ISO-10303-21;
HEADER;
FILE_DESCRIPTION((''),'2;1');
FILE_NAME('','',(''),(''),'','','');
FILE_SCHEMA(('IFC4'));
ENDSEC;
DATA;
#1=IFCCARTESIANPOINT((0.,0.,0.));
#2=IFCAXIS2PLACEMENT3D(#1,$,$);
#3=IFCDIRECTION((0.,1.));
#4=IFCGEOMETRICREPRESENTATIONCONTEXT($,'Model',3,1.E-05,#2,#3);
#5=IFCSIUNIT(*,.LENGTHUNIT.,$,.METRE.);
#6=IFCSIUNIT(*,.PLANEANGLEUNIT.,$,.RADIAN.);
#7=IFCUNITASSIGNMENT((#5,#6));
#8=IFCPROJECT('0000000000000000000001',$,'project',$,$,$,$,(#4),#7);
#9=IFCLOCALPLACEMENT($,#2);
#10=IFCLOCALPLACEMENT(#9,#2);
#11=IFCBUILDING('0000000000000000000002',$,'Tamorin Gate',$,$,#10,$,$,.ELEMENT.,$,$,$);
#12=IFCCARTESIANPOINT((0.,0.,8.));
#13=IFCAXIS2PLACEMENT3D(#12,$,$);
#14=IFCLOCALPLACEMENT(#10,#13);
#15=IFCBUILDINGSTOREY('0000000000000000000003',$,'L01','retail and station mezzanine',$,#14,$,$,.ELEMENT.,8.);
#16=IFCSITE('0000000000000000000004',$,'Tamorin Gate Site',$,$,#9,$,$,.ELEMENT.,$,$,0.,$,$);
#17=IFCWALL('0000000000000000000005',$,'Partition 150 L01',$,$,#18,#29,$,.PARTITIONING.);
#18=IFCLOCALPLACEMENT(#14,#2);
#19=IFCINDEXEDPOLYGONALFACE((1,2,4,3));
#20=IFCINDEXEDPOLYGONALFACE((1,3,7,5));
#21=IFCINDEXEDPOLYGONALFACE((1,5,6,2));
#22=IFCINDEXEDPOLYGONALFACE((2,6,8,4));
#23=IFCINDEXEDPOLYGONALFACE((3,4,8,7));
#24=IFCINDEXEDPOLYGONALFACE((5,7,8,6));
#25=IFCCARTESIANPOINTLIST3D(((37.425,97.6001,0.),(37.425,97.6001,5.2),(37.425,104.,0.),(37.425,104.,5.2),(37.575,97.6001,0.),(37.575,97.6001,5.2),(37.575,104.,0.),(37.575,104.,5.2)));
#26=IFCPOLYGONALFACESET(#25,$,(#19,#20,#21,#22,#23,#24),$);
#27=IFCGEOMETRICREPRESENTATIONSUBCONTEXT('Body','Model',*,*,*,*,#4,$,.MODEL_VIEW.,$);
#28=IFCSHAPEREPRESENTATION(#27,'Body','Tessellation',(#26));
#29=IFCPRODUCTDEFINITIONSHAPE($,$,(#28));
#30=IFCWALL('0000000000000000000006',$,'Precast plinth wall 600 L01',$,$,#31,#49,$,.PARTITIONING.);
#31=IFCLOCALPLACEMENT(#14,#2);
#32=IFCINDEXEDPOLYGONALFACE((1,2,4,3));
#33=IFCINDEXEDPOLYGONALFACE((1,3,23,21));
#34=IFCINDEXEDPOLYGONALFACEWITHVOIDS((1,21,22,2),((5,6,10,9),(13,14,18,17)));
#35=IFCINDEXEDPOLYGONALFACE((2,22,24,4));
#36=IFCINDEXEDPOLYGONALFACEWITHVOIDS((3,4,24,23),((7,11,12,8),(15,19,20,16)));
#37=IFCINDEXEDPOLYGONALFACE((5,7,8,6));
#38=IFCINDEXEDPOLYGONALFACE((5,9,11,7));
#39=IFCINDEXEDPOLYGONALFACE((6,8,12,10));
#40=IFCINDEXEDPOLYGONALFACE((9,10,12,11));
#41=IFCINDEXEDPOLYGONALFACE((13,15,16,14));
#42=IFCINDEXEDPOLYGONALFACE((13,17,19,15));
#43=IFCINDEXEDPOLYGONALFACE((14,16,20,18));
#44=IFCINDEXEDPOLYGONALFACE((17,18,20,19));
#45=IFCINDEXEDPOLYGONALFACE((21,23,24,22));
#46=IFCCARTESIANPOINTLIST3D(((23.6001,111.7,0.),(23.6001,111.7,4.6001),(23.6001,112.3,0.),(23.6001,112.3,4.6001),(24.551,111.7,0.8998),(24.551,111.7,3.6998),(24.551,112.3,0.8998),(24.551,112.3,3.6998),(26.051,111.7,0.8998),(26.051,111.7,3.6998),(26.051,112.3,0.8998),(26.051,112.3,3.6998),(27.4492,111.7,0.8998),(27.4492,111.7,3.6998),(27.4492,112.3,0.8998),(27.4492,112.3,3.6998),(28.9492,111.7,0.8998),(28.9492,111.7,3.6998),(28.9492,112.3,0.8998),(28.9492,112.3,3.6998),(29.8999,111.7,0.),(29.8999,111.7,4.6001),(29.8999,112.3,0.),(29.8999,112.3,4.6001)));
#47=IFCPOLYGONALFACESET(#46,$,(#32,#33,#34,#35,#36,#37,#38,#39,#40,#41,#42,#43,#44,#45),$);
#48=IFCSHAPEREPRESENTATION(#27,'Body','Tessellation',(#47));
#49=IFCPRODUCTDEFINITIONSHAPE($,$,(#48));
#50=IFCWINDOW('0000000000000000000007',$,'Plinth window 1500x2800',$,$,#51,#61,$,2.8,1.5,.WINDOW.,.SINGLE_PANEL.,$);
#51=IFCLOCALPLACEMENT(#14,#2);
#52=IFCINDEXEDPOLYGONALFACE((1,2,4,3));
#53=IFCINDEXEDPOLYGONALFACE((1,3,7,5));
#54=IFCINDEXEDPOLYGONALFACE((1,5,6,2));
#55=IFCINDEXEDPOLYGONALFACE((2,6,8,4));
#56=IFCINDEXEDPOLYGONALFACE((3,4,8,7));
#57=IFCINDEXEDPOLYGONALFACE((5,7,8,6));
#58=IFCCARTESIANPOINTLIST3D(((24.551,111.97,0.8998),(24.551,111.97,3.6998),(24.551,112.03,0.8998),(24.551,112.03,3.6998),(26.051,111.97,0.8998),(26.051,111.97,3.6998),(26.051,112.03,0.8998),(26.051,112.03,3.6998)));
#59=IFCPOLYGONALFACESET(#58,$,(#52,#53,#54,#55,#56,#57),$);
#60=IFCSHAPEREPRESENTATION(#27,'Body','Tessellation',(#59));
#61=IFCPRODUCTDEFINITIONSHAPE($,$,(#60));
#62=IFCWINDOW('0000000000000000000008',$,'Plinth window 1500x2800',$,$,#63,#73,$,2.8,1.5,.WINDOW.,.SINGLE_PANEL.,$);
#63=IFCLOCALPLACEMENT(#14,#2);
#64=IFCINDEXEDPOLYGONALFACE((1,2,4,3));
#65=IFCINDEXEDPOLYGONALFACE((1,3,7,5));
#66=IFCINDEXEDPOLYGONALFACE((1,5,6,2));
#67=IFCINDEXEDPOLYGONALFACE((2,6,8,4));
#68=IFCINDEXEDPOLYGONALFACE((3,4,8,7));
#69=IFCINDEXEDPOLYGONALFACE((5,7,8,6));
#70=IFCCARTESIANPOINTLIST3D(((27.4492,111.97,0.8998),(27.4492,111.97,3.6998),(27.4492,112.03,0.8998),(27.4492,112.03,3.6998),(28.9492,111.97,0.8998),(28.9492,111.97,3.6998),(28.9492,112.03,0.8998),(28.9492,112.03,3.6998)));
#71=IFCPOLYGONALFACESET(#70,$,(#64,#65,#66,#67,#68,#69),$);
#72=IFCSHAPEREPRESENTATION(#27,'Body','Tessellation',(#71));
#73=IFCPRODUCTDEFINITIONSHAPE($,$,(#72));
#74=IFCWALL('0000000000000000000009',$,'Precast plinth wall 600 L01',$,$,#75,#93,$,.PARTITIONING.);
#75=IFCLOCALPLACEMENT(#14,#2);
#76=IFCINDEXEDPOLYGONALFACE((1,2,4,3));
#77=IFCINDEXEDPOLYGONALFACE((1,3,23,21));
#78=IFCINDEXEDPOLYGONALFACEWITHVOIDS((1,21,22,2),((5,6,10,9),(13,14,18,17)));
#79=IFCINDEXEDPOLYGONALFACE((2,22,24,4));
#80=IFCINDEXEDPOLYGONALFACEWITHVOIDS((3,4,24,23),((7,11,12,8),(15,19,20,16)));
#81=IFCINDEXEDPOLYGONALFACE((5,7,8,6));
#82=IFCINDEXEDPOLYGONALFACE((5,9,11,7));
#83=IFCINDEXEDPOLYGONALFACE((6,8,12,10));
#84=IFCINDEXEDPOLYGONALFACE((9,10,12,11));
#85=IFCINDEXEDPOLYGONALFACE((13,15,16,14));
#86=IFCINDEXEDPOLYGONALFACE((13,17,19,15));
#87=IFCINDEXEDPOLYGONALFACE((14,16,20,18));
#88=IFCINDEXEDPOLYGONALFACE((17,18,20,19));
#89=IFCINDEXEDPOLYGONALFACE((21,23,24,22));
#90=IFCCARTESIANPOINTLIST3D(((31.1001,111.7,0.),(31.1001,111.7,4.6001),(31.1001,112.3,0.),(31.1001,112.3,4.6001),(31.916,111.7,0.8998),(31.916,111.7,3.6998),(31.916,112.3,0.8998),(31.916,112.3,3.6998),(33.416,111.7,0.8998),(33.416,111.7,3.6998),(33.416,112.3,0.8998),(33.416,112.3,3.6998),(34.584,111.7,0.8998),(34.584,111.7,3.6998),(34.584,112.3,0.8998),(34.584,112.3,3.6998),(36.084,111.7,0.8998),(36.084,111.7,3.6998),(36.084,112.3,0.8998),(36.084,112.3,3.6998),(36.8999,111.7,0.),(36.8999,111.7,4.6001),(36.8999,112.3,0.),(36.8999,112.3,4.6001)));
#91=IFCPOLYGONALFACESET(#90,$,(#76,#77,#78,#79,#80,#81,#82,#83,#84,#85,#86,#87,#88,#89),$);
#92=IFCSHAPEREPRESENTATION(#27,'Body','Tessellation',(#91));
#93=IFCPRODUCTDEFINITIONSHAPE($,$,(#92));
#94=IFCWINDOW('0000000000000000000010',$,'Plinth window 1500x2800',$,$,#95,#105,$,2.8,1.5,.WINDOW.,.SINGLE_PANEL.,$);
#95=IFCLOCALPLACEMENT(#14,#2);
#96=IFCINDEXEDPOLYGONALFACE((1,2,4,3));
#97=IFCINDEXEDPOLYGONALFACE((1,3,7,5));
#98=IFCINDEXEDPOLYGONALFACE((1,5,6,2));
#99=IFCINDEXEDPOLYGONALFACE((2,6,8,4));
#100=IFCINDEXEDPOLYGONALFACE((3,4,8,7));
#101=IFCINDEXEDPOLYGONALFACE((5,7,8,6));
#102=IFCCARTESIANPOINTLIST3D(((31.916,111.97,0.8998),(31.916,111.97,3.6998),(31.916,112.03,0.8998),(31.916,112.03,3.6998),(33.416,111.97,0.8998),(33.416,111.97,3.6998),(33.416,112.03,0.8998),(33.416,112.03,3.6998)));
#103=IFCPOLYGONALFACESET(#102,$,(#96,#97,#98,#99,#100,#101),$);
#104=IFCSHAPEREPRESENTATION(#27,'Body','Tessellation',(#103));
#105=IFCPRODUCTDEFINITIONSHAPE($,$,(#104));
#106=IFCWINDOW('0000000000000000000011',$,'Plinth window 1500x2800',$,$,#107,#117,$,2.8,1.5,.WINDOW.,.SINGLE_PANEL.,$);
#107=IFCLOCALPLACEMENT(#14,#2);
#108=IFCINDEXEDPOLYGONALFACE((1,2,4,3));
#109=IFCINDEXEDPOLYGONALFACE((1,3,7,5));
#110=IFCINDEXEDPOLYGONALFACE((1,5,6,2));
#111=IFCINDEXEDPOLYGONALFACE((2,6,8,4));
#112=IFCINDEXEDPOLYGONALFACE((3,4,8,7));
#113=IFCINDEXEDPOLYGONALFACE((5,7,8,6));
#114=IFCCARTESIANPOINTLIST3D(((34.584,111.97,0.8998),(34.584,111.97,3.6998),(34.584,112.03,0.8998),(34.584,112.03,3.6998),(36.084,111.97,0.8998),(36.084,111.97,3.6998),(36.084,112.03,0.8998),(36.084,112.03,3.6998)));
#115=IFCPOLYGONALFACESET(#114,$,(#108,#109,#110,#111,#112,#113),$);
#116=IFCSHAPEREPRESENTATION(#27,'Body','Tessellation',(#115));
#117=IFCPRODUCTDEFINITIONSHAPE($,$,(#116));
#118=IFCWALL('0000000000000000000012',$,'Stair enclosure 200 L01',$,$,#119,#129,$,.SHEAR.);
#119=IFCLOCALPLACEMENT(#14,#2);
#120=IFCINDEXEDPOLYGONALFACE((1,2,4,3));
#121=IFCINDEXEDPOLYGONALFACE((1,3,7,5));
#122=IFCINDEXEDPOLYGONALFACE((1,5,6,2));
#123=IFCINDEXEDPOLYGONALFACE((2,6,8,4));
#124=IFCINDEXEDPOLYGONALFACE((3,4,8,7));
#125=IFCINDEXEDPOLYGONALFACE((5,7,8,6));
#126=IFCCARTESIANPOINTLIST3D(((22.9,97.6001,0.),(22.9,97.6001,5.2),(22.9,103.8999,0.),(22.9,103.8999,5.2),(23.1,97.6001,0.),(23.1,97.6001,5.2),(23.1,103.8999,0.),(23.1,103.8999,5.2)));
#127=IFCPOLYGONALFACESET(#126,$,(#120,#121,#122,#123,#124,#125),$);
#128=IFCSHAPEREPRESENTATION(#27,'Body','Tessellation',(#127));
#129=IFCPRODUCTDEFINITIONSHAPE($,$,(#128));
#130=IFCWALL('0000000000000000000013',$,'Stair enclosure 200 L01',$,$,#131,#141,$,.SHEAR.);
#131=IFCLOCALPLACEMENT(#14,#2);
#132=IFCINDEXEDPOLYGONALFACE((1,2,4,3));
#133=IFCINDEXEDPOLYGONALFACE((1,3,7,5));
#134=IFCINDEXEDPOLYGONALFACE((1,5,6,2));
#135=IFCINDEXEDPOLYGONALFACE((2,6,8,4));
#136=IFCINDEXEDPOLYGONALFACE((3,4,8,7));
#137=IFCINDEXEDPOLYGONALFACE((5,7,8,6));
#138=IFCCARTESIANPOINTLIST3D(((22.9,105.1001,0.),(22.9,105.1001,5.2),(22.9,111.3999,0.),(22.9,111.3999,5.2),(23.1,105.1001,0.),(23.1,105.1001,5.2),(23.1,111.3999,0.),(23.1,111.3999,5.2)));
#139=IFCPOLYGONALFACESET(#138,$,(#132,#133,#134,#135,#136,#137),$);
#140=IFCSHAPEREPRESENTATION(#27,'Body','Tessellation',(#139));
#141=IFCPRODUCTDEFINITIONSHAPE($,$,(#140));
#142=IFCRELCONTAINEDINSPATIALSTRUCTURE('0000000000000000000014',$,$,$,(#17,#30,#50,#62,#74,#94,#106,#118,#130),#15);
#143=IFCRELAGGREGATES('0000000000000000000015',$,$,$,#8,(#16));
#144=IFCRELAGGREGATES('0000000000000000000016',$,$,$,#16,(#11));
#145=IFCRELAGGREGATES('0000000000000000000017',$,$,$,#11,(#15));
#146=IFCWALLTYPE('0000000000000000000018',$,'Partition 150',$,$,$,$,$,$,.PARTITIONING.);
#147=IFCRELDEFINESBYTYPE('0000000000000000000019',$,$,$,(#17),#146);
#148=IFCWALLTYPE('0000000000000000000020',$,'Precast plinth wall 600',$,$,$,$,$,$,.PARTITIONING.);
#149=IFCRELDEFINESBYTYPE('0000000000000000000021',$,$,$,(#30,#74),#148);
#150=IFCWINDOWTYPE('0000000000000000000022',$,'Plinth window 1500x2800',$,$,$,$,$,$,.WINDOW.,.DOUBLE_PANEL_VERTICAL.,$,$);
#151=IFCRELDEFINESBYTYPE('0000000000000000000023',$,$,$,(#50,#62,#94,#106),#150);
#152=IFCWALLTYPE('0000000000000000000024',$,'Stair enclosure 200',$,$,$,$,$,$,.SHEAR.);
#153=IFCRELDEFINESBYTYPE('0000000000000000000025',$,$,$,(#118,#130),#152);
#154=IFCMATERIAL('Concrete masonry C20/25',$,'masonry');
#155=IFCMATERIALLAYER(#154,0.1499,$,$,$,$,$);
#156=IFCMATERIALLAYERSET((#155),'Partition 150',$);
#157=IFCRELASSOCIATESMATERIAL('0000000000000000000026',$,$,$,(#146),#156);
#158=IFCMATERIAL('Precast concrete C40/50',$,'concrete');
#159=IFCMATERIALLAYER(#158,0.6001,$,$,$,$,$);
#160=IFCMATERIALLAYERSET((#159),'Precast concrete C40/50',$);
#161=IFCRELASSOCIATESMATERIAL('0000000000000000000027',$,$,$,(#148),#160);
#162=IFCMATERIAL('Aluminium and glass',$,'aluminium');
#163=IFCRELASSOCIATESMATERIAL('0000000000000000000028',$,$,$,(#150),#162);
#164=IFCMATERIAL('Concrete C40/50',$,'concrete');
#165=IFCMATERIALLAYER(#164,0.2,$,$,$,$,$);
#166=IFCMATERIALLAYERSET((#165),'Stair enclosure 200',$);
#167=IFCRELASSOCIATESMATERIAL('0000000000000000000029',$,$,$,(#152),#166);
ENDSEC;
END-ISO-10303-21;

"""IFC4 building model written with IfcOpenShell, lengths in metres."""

from ifc_helpers import new_model, si_unit, direction, frame, frame_2d, origin, place, context, subcontext, project, spatial, rectangle, extrude, material, layer, layer_set, type_object, element, fill, save


model = new_model("IFC4")

# Units and contexts
model_context = context("Model", 3, precision=1e-05, world=origin(), true_north=direction((0.0, 1.0)))
body_context = subcontext(model_context, "Body", "Model", "MODEL_VIEW")
ifc_project = project(units=[si_unit("LENGTHUNIT", "METRE"), si_unit("PLANEANGLEUNIT", "RADIAN")], contexts=[model_context])

# Site, building, storey
site_placement = place(None, origin())
site = spatial("IfcSite", under=ifc_project, at=site_placement, Name="Tamorin Gate Site", CompositionType="ELEMENT", RefElevation=0.0)
building_placement = place(site_placement, origin())
building = spatial("IfcBuilding", under=site, at=building_placement, Name="Tamorin Gate", CompositionType="ELEMENT")
storey_placement = place(building_placement, frame((0.0, 0.0, 8.0)))
storey = spatial("IfcBuildingStorey", under=building, at=storey_placement, Name="L01", Description="retail and station mezzanine", CompositionType="ELEMENT", Elevation=8.0)

# Shared definitions
ifc_material_1 = material(Name="Concrete masonry C20/25", Category="masonry")
ifc_layer_1 = layer(ifc_material_1, 0.1499)
ifc_layer_set_1 = layer_set([ifc_layer_1], Name="Partition 150")
wall_type_1 = type_object("IfcWallType", Name="Partition 150", PredefinedType="PARTITIONING", material=ifc_layer_set_1)

# Wall
wall_1_placement = place(storey_placement, frame((37.5, 97.6001, 0.0), z_axis=(0.0, 0.0, 1.0), x_axis=(0.0, 1.0, 0.0)))
element("IfcWall", 1, at=wall_1_placement, inside=storey, type_object=wall_type_1, Name="Partition 150 L01", PredefinedType="PARTITIONING", context=body_context, shape_type="SweptSolid", body=[
    extrude(rectangle(XDim=6.3999, YDim=0.1499, at=frame_2d((3.2, 0.0))), origin(), (0.0, 0.0, 1.0), 5.2),
])

# Walls, openings, windows
ifc_material_2 = material(Name="Precast concrete C40/50", Category="concrete")
ifc_layer_2 = layer(ifc_material_2, 0.6001)
ifc_layer_set_2 = layer_set([ifc_layer_2], Name="Precast concrete C40/50")
wall_type_2 = type_object("IfcWallType", Name="Precast plinth wall 600", PredefinedType="PARTITIONING", material=ifc_layer_set_2)
wall_2_placement = place(storey_placement, frame((23.6001, 112.0, 0.0), z_axis=(0.0, 0.0, 1.0), x_axis=(1.0, 0.0, 0.0)))
wall_2 = element("IfcWall", 2, at=wall_2_placement, inside=storey, type_object=wall_type_2, Name="Precast plinth wall 600 L01", PredefinedType="PARTITIONING", context=body_context, shape_type="SweptSolid", body=[
    extrude(rectangle(XDim=6.2998, YDim=0.6001, at=frame_2d((3.1499, 0.0))), origin(), (0.0, 0.0, 1.0), 4.6001),
])
opening_1_placement = place(wall_2_placement, frame((0.9509, 0.0, 0.8999)))
opening_1 = element("IfcOpeningElement", 3, at=opening_1_placement, cuts=wall_2, PredefinedType="OPENING", context=body_context, shape_type="SweptSolid", body=[
    extrude(rectangle(XDim=1.5, YDim=2.8, at=frame_2d((0.75, 1.3999))), frame((0.0, 0.3101, 0.0), z_axis=(0.0, -1.0, 0.0), x_axis=(1.0, 0.0, 0.0)), (0.0, 0.0, 1.0), 0.6201),
])
opening_2_placement = place(wall_2_placement, frame((3.8491, 0.0, 0.8999)))
opening_2 = element("IfcOpeningElement", 4, at=opening_2_placement, cuts=wall_2, PredefinedType="OPENING", context=body_context, shape_type="SweptSolid", body=[
    extrude(rectangle(XDim=1.5, YDim=2.8, at=frame_2d((0.75, 1.3999))), frame((0.0, 0.3101, 0.0), z_axis=(0.0, -1.0, 0.0), x_axis=(1.0, 0.0, 0.0)), (0.0, 0.0, 1.0), 0.6201),
])
ifc_material_3 = material(Name="Aluminium and glass", Category="aluminium")
window_type = type_object("IfcWindowType", Name="Plinth window 1500x2800", PartitioningType="DOUBLE_PANEL_VERTICAL", PredefinedType="WINDOW", material=ifc_material_3)
window_1_placement = place(opening_1_placement, origin())
window_1 = element("IfcWindow", 5, at=window_1_placement, inside=storey, type_object=window_type, Name="Plinth window 1500x2800", OverallHeight=2.8, OverallWidth=1.5, PartitioningType="SINGLE_PANEL", PredefinedType="WINDOW", context=body_context, shape_type="SweptSolid", body=[
    extrude(rectangle(XDim=1.5, YDim=2.8, at=frame_2d((0.75, 1.3999))), frame((0.0, 0.03, 0.0), z_axis=(0.0, -1.0, 0.0), x_axis=(1.0, 0.0, 0.0)), (0.0, 0.0, 1.0), 0.0601),
])
fill(opening_1, window_1)
window_2_placement = place(opening_2_placement, origin())
window_2 = element("IfcWindow", 6, at=window_2_placement, inside=storey, type_object=window_type, Name="Plinth window 1500x2800", OverallHeight=2.8, OverallWidth=1.5, PartitioningType="SINGLE_PANEL", PredefinedType="WINDOW", context=body_context, shape_type="SweptSolid", body=[
    extrude(rectangle(XDim=1.5, YDim=2.8, at=frame_2d((0.75, 1.3999))), frame((0.0, 0.03, 0.0), z_axis=(0.0, -1.0, 0.0), x_axis=(1.0, 0.0, 0.0)), (0.0, 0.0, 1.0), 0.0601),
])
fill(opening_2, window_2)
wall_3_placement = place(storey_placement, frame((31.1001, 112.0, 0.0), z_axis=(0.0, 0.0, 1.0), x_axis=(1.0, 0.0, 0.0)))
wall_3 = element("IfcWall", 7, at=wall_3_placement, inside=storey, type_object=wall_type_2, Name="Precast plinth wall 600 L01", PredefinedType="PARTITIONING", context=body_context, shape_type="SweptSolid", body=[
    extrude(rectangle(XDim=5.7998, YDim=0.6001, at=frame_2d((2.8999, 0.0))), origin(), (0.0, 0.0, 1.0), 4.6001),
])
opening_3_placement = place(wall_3_placement, frame((0.8159, 0.0, 0.8999)))
opening_3 = element("IfcOpeningElement", 8, at=opening_3_placement, cuts=wall_3, PredefinedType="OPENING", context=body_context, shape_type="SweptSolid", body=[
    extrude(rectangle(XDim=1.5, YDim=2.8, at=frame_2d((0.75, 1.3999))), frame((0.0, 0.3101, 0.0), z_axis=(0.0, -1.0, 0.0), x_axis=(1.0, 0.0, 0.0)), (0.0, 0.0, 1.0), 0.6201),
])
opening_4_placement = place(wall_3_placement, frame((3.4839, 0.0, 0.8999)))
opening_4 = element("IfcOpeningElement", 9, at=opening_4_placement, cuts=wall_3, PredefinedType="OPENING", context=body_context, shape_type="SweptSolid", body=[
    extrude(rectangle(XDim=1.5, YDim=2.8, at=frame_2d((0.75, 1.3999))), frame((0.0, 0.3101, 0.0), z_axis=(0.0, -1.0, 0.0), x_axis=(1.0, 0.0, 0.0)), (0.0, 0.0, 1.0), 0.6201),
])
window_3_placement = place(opening_3_placement, origin())
window_3 = element("IfcWindow", 10, at=window_3_placement, inside=storey, type_object=window_type, Name="Plinth window 1500x2800", OverallHeight=2.8, OverallWidth=1.5, PartitioningType="SINGLE_PANEL", PredefinedType="WINDOW", context=body_context, shape_type="SweptSolid", body=[
    extrude(rectangle(XDim=1.5, YDim=2.8, at=frame_2d((0.75, 1.3999))), frame((0.0, 0.03, 0.0), z_axis=(0.0, -1.0, 0.0), x_axis=(1.0, 0.0, 0.0)), (0.0, 0.0, 1.0), 0.0601),
])
fill(opening_3, window_3)
window_4_placement = place(opening_4_placement, origin())
window_4 = element("IfcWindow", 11, at=window_4_placement, inside=storey, type_object=window_type, Name="Plinth window 1500x2800", OverallHeight=2.8, OverallWidth=1.5, PartitioningType="SINGLE_PANEL", PredefinedType="WINDOW", context=body_context, shape_type="SweptSolid", body=[
    extrude(rectangle(XDim=1.5, YDim=2.8, at=frame_2d((0.75, 1.3999))), frame((0.0, 0.03, 0.0), z_axis=(0.0, -1.0, 0.0), x_axis=(1.0, 0.0, 0.0)), (0.0, 0.0, 1.0), 0.0601),
])
fill(opening_4, window_4)

# Walls
ifc_material_4 = material(Name="Concrete C40/50", Category="concrete")
ifc_layer_3 = layer(ifc_material_4, 0.2)
ifc_layer_set_3 = layer_set([ifc_layer_3], Name="Stair enclosure 200")
wall_type_3 = type_object("IfcWallType", Name="Stair enclosure 200", PredefinedType="SHEAR", material=ifc_layer_set_3)
for number, where, z_axis, x_axis, name in (
    (12, (23.0, 97.6001, 0.0), (0.0, 0.0, 1.0), (0.0, 1.0, 0.0), "Stair enclosure 200 L01"),
    (13, (23.0, 105.1001, 0.0), (0.0, 0.0, 1.0), (0.0, 1.0, 0.0), "Stair enclosure 200 L01"),
):
    element("IfcWall", number, at=place(storey_placement, frame(where, z_axis=z_axis, x_axis=x_axis)), inside=storey, type_object=wall_type_3, Name=name, PredefinedType="SHEAR", context=body_context, shape_type="SweptSolid", body=[
        extrude(rectangle(XDim=6.2998, YDim=0.2, at=frame_2d((3.1499, 0.0))), origin(), (0.0, 0.0, 1.0), 5.2),
    ])

save(model, "model.ifc")
